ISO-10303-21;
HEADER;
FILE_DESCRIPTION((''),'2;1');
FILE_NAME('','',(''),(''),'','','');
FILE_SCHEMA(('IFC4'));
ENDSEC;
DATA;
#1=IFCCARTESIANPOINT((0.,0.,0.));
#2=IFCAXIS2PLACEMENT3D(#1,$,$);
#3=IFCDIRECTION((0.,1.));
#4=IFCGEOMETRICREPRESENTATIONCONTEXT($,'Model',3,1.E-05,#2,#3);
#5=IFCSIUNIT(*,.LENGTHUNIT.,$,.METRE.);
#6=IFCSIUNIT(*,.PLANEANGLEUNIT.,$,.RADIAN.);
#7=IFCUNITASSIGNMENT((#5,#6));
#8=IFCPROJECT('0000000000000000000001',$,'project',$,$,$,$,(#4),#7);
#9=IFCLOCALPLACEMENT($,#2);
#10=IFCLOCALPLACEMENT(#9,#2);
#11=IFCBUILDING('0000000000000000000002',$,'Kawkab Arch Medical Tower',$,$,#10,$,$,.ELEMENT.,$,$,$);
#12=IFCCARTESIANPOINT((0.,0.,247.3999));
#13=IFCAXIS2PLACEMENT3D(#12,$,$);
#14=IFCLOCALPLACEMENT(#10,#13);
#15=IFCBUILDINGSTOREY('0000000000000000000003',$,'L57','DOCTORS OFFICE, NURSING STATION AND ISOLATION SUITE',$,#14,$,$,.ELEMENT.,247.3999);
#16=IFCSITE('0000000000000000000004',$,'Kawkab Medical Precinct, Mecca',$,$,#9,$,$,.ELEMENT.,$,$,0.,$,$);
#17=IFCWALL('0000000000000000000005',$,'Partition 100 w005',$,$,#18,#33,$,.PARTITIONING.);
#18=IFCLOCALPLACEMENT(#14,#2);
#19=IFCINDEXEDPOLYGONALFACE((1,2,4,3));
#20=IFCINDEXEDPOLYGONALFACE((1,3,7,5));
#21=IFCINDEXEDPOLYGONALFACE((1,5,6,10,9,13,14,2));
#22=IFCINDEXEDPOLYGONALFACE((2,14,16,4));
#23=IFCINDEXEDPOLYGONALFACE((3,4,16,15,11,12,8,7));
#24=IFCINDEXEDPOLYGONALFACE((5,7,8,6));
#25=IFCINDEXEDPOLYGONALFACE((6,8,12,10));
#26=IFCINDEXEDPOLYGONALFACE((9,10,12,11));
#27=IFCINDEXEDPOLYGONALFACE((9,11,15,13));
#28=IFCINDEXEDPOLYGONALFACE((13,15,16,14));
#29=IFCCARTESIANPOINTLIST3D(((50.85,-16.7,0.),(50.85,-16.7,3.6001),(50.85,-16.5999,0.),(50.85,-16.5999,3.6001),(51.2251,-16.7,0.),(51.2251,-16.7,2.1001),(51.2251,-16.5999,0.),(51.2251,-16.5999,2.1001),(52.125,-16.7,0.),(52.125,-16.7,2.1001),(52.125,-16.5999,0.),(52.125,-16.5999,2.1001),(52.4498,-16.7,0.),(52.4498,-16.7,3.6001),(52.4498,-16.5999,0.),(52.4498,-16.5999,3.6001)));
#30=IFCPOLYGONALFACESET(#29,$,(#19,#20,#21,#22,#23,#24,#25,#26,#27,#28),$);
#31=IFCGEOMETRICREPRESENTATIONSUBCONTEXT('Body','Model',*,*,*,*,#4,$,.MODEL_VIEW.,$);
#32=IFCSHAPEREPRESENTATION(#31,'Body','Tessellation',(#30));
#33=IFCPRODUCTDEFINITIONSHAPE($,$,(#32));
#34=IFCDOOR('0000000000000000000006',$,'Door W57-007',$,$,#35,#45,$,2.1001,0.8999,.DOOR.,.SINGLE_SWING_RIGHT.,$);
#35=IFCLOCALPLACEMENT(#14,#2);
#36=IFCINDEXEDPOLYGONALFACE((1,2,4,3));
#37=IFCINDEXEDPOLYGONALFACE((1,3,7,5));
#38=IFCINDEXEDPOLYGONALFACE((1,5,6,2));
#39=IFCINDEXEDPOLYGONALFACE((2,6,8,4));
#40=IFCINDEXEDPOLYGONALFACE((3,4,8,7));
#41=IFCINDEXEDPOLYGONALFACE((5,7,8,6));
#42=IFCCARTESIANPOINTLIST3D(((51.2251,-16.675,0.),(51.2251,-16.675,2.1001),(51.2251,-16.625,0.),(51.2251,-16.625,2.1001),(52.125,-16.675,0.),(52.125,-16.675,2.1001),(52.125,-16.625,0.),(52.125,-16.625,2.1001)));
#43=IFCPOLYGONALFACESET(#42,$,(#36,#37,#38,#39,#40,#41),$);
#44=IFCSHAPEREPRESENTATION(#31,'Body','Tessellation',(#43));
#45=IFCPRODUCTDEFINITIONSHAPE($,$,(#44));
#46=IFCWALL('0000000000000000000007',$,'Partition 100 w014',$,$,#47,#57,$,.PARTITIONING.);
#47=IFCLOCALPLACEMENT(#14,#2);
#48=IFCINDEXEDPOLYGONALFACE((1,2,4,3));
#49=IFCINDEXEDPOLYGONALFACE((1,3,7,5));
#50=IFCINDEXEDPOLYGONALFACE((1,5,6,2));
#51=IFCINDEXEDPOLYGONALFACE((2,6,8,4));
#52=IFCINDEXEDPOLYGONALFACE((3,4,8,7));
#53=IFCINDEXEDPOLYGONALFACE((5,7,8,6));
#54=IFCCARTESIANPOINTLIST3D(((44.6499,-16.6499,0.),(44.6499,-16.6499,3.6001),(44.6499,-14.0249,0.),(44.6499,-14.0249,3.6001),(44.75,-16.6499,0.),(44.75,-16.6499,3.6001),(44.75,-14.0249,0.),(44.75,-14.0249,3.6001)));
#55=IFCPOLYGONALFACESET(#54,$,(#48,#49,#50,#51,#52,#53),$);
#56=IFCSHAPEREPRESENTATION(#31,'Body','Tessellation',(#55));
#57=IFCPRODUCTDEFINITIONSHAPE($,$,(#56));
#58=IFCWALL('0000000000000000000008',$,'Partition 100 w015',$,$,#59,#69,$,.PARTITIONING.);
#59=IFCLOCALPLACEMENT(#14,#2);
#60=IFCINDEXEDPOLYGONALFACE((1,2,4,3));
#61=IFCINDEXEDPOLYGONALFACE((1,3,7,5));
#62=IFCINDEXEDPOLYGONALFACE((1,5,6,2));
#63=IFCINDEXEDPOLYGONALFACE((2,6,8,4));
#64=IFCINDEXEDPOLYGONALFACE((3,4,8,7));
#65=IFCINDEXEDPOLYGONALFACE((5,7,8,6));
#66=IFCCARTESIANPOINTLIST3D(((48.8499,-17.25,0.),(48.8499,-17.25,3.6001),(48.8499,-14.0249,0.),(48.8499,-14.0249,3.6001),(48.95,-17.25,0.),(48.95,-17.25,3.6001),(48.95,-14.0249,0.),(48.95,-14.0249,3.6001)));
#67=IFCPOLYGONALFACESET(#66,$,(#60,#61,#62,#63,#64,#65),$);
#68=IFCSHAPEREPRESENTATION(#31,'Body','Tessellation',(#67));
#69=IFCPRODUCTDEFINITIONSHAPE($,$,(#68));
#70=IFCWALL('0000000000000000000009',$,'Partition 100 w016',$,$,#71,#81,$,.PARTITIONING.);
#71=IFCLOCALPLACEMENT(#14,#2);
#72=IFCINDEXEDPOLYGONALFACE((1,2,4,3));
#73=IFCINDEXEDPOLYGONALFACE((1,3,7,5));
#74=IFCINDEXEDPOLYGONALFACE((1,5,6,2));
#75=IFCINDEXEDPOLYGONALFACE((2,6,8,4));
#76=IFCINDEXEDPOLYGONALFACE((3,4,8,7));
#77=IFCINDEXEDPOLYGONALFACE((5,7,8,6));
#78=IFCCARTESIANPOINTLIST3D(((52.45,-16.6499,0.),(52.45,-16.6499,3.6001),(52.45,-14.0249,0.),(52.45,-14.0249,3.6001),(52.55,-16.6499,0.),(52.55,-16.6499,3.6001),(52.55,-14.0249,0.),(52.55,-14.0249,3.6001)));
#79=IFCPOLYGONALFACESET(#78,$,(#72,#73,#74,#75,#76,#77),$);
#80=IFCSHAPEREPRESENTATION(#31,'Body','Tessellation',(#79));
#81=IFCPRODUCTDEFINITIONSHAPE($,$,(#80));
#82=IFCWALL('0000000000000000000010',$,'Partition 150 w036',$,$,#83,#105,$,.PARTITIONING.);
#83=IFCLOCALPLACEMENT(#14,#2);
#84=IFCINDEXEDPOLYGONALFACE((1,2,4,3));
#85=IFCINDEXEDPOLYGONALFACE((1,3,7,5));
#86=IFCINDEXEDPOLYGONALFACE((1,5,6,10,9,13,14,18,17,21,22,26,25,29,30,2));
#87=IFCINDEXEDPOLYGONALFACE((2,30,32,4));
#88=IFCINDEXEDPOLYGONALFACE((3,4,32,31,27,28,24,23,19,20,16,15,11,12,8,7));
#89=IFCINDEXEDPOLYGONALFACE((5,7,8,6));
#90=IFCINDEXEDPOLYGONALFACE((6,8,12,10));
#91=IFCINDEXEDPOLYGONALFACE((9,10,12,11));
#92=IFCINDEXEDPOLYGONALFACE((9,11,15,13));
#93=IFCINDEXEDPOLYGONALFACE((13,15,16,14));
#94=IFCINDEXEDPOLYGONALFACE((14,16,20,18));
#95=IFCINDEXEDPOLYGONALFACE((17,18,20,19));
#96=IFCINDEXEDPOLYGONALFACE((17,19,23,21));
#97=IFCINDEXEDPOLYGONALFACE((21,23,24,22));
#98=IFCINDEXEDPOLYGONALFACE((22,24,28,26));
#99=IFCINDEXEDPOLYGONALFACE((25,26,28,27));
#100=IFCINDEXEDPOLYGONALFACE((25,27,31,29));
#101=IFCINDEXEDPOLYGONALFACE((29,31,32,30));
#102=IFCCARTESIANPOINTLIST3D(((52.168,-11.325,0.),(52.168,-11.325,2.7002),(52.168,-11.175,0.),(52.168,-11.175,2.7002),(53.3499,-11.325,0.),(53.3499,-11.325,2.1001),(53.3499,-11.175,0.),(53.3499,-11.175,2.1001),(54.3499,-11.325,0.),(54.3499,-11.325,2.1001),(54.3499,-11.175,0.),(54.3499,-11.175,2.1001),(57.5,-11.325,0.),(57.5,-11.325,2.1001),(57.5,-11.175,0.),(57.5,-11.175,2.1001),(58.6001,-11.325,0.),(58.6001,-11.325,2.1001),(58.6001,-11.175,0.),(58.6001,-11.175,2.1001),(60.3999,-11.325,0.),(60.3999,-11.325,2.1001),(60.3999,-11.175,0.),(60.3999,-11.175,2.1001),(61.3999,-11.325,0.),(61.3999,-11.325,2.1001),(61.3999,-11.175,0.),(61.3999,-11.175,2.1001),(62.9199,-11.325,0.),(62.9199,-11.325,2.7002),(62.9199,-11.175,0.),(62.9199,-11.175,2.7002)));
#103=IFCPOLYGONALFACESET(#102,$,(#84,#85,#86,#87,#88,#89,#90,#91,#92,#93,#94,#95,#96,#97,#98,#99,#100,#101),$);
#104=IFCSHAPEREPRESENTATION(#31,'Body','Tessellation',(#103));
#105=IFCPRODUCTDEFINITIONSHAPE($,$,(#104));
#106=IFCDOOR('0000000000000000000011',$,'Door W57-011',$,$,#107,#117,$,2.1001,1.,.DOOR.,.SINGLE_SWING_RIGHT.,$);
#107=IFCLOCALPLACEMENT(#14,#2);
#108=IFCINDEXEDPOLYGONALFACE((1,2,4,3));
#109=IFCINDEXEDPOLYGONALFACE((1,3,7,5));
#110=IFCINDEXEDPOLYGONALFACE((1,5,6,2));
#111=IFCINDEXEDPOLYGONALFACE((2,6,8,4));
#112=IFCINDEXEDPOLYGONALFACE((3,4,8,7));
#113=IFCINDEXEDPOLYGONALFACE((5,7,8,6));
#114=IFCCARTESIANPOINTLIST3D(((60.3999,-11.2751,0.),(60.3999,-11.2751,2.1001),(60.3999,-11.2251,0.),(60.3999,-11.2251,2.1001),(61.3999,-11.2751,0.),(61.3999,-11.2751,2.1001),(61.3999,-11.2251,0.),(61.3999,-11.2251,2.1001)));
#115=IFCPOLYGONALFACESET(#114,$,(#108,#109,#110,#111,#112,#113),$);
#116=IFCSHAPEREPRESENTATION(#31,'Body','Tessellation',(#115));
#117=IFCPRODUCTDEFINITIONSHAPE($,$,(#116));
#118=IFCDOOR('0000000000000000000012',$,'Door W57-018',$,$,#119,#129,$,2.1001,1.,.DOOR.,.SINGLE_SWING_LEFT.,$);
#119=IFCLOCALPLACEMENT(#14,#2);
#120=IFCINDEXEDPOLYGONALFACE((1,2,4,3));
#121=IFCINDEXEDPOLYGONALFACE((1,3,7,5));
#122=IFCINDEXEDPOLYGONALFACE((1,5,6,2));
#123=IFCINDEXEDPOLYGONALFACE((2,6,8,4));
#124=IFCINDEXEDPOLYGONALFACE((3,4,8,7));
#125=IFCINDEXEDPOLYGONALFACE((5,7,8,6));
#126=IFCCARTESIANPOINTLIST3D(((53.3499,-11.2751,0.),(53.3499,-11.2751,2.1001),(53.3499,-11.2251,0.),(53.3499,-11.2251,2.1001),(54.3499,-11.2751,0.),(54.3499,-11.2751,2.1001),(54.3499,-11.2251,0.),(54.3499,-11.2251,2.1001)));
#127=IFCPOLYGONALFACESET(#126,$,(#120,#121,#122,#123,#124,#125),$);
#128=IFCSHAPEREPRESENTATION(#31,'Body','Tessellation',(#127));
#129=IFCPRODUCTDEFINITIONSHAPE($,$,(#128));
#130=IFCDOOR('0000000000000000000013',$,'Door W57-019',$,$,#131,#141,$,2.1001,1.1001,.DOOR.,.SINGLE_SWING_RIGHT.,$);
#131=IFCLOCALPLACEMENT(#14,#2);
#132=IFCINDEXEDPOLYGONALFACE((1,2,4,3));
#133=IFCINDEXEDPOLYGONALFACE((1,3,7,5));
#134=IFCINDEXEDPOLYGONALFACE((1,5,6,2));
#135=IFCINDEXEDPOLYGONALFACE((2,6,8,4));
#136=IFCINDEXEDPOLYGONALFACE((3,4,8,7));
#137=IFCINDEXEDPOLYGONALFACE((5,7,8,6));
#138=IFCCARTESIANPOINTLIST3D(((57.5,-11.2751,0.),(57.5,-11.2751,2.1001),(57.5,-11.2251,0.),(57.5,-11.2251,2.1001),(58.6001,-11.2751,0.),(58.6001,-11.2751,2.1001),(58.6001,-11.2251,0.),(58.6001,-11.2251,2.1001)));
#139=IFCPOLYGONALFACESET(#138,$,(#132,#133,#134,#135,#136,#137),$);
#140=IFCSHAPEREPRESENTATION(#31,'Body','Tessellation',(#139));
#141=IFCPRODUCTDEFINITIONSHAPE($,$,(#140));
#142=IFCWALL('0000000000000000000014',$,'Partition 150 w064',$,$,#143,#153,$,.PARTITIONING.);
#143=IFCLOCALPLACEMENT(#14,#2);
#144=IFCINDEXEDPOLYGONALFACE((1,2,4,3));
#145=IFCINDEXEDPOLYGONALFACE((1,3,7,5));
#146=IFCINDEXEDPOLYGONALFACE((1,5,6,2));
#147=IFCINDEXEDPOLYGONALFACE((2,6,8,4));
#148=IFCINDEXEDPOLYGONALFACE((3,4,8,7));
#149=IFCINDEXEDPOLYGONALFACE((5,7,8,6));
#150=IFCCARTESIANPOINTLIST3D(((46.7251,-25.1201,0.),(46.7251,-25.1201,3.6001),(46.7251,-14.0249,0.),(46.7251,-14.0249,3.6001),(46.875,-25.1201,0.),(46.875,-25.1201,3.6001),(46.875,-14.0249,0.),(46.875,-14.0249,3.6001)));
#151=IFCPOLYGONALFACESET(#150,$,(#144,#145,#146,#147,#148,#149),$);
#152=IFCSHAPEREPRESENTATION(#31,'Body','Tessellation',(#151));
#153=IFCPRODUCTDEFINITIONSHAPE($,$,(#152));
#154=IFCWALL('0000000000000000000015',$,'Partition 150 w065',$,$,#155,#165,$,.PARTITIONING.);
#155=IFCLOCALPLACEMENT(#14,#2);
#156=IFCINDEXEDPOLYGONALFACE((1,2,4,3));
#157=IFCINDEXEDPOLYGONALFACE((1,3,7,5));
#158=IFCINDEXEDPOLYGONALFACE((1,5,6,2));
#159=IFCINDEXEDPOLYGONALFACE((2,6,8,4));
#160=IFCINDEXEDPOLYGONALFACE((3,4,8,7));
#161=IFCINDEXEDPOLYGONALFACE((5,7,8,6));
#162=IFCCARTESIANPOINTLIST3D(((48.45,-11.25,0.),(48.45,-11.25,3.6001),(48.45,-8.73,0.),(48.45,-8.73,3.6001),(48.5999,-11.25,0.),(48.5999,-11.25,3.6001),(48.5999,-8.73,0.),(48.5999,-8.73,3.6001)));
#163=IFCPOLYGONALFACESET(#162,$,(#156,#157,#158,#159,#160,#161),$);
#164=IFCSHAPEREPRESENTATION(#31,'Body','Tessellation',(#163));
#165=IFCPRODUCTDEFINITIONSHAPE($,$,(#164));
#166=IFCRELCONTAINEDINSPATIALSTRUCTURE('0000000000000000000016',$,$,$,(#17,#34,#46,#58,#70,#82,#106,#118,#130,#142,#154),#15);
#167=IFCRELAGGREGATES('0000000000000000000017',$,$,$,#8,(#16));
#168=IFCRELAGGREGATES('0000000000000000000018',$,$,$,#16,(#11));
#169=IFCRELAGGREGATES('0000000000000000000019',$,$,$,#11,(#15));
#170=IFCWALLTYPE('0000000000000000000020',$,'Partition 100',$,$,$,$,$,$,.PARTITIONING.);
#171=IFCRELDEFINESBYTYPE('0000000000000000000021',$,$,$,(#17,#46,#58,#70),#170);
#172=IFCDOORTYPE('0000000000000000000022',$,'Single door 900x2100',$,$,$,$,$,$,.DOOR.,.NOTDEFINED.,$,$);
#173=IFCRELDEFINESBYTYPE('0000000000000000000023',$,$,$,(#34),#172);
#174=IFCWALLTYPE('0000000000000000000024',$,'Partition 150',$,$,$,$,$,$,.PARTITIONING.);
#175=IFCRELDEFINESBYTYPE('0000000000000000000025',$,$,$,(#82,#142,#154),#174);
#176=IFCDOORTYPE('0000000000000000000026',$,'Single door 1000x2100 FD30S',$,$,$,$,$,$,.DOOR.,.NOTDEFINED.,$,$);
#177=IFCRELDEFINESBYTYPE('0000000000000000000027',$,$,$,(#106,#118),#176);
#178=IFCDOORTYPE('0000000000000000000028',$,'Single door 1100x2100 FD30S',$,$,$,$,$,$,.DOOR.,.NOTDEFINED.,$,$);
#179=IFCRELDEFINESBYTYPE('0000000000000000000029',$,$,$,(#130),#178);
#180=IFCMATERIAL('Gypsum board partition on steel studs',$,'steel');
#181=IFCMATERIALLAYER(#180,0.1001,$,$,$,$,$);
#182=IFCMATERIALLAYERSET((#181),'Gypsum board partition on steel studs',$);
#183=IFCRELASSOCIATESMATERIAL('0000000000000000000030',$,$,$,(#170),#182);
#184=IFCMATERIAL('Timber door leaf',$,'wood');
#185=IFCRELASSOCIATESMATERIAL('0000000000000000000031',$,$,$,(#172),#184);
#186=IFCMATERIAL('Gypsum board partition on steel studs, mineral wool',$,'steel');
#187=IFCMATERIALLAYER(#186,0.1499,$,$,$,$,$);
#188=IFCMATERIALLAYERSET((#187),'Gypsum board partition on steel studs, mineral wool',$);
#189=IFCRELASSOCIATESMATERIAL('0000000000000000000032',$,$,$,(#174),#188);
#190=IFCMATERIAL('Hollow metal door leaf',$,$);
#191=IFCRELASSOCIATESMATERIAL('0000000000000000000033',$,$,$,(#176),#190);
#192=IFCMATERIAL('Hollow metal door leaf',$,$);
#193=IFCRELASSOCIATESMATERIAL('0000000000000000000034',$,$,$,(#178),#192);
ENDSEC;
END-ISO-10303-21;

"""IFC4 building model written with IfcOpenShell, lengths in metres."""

from ifc_helpers import new_model, si_unit, direction, frame, frame_2d, origin, place, context, subcontext, project, spatial, rectangle, extrude, material, layer, layer_set, type_object, element, fill, save


model = new_model("IFC4")

# Units and contexts
model_context = context("Model", 3, precision=1e-05, world=origin(), true_north=direction((0.0, 1.0)))
body_context = subcontext(model_context, "Body", "Model", "MODEL_VIEW")
ifc_project = project(units=[si_unit("LENGTHUNIT", "METRE"), si_unit("PLANEANGLEUNIT", "RADIAN")], contexts=[model_context])

# Site, building, storey
site_placement = place(None, origin())
site = spatial("IfcSite", under=ifc_project, at=site_placement, Name="Kawkab Medical Precinct, Mecca", CompositionType="ELEMENT", RefElevation=0.0)
building_placement = place(site_placement, origin())
building = spatial("IfcBuilding", under=site, at=building_placement, Name="Kawkab Arch Medical Tower", CompositionType="ELEMENT")
storey_placement = place(building_placement, frame((0.0, 0.0, 247.3999)))
storey = spatial("IfcBuildingStorey", under=building, at=storey_placement, Name="L57", Description="DOCTORS OFFICE, NURSING STATION AND ISOLATION SUITE", CompositionType="ELEMENT", Elevation=247.3999)

# Wall, opening, door
ifc_material_1 = material(Name="Gypsum board partition on steel studs", Category="steel")
ifc_layer_1 = layer(ifc_material_1, 0.1001)
ifc_layer_set_1 = layer_set([ifc_layer_1], Name="Gypsum board partition on steel studs")
wall_type_1 = type_object("IfcWallType", Name="Partition 100", PredefinedType="PARTITIONING", material=ifc_layer_set_1)
ifc_material_2 = material(Name="Timber door leaf", Category="wood")
door_type_1 = type_object("IfcDoorType", Name="Single door 900x2100", OperationType="NOTDEFINED", PredefinedType="DOOR", material=ifc_material_2)
wall_1_placement = place(storey_placement, frame((50.8501, -16.6499, 0.0), z_axis=(0.0, 0.0, 1.0), x_axis=(1.0, 0.0, 0.0)))
wall_1 = element("IfcWall", 1, at=wall_1_placement, inside=storey, type_object=wall_type_1, Name="Partition 100 w005", PredefinedType="PARTITIONING", context=body_context, shape_type="SweptSolid", body=[
    extrude(rectangle(XDim=1.5999, YDim=0.1001, at=frame_2d((0.7998, 0.0))), origin(), (0.0, 0.0, 1.0), 3.6001),
])
opening_1_placement = place(wall_1_placement, frame((0.375, 0.0, 0.0)))
opening_1 = element("IfcOpeningElement", 2, at=opening_1_placement, cuts=wall_1, PredefinedType="OPENING", context=body_context, shape_type="SweptSolid", body=[
    extrude(rectangle(XDim=0.8999, YDim=2.1001, at=frame_2d((0.45, 1.05))), frame((0.0, 0.0601, 0.0), z_axis=(0.0, -1.0, 0.0), x_axis=(1.0, 0.0, 0.0)), (0.0, 0.0, 1.0), 0.1201),
])
door_1_placement = place(opening_1_placement, origin())
door_1 = element("IfcDoor", 3, at=door_1_placement, inside=storey, type_object=door_type_1, Name="Door W57-007", OperationType="SINGLE_SWING_RIGHT", OverallHeight=2.1001, OverallWidth=0.8999, PredefinedType="DOOR", context=body_context, shape_type="SweptSolid", body=[
    extrude(rectangle(XDim=0.8999, YDim=2.1001, at=frame_2d((0.45, 1.05))), frame((0.0, 0.0249, 0.0), z_axis=(0.0, -1.0, 0.0), x_axis=(1.0, 0.0, 0.0)), (0.0, 0.0, 1.0), 0.05),
])
fill(opening_1, door_1)

# Walls
wall_2_placement = place(storey_placement, frame((44.7, -16.6499, 0.0), z_axis=(0.0, 0.0, 1.0), x_axis=(0.0, 1.0, 0.0)))
element("IfcWall", 4, at=wall_2_placement, inside=storey, type_object=wall_type_1, Name="Partition 100 w014", PredefinedType="PARTITIONING", context=body_context, shape_type="SweptSolid", body=[
    extrude(rectangle(XDim=2.625, YDim=0.1001, at=frame_2d((1.3125, 0.0))), origin(), (0.0, 0.0, 1.0), 3.6001),
])
wall_3_placement = place(storey_placement, frame((48.8999, -17.25, 0.0), z_axis=(0.0, 0.0, 1.0), x_axis=(0.0, 1.0, 0.0)))
element("IfcWall", 5, at=wall_3_placement, inside=storey, type_object=wall_type_1, Name="Partition 100 w015", PredefinedType="PARTITIONING", context=body_context, shape_type="SweptSolid", body=[
    extrude(rectangle(XDim=3.2251, YDim=0.1001, at=frame_2d((1.6125, 0.0))), origin(), (0.0, 0.0, 1.0), 3.6001),
])
wall_4_placement = place(storey_placement, frame((52.5, -16.6499, 0.0), z_axis=(0.0, 0.0, 1.0), x_axis=(0.0, 1.0, 0.0)))
element("IfcWall", 6, at=wall_4_placement, inside=storey, type_object=wall_type_1, Name="Partition 100 w016", PredefinedType="PARTITIONING", context=body_context, shape_type="SweptSolid", body=[
    extrude(rectangle(XDim=2.625, YDim=0.1001, at=frame_2d((1.3125, 0.0))), origin(), (0.0, 0.0, 1.0), 3.6001),
])

# Wall, openings, doors
ifc_material_3 = material(Name="Gypsum board partition on steel studs, mineral wool", Category="steel")
ifc_layer_2 = layer(ifc_material_3, 0.1499)
ifc_layer_set_2 = layer_set([ifc_layer_2], Name="Gypsum board partition on steel studs, mineral wool")
wall_type_2 = type_object("IfcWallType", Name="Partition 150", PredefinedType="PARTITIONING", material=ifc_layer_set_2)
wall_5_placement = place(storey_placement, frame((52.168, -11.25, 0.0), z_axis=(0.0, 0.0, 1.0), x_axis=(1.0, 0.0, 0.0)))
wall_5 = element("IfcWall", 7, at=wall_5_placement, inside=storey, type_object=wall_type_2, Name="Partition 150 w036", PredefinedType="PARTITIONING", context=body_context, shape_type="SweptSolid", body=[
    extrude(rectangle(XDim=10.752, YDim=0.1499, at=frame_2d((5.376, 0.0))), origin(), (0.0, 0.0, 1.0), 2.7002),
])
opening_2_placement = place(wall_5_placement, frame((5.332, 0.0, 0.0)))
opening_2 = element("IfcOpeningElement", 8, at=opening_2_placement, cuts=wall_5, PredefinedType="OPENING", context=body_context, shape_type="SweptSolid", body=[
    extrude(rectangle(XDim=1.1001, YDim=2.1001, at=frame_2d((0.55, 1.05))), frame((0.0, 0.085, 0.0), z_axis=(0.0, -1.0, 0.0), x_axis=(1.0, 0.0, 0.0)), (0.0, 0.0, 1.0), 0.1699),
])
opening_3_placement = place(wall_5_placement, frame((8.2319, 0.0, 0.0)))
opening_3 = element("IfcOpeningElement", 9, at=opening_3_placement, cuts=wall_5, PredefinedType="OPENING", context=body_context, shape_type="SweptSolid", body=[
    extrude(rectangle(XDim=1.0, YDim=2.1001, at=frame_2d((0.5, 1.05))), frame((0.0, 0.085, 0.0), z_axis=(0.0, -1.0, 0.0), x_axis=(1.0, 0.0, 0.0)), (0.0, 0.0, 1.0), 0.1699),
])
opening_4_placement = place(wall_5_placement, frame((1.1819, 0.0, 0.0)))
opening_4 = element("IfcOpeningElement", 10, at=opening_4_placement, cuts=wall_5, PredefinedType="OPENING", context=body_context, shape_type="SweptSolid", body=[
    extrude(rectangle(XDim=1.0, YDim=2.1001, at=frame_2d((0.5, 1.05))), frame((0.0, 0.085, 0.0), z_axis=(0.0, -1.0, 0.0), x_axis=(1.0, 0.0, 0.0)), (0.0, 0.0, 1.0), 0.1699),
])
ifc_material_4 = material(Name="Hollow metal door leaf")
door_type_2 = type_object("IfcDoorType", Name="Single door 1000x2100 FD30S", OperationType="NOTDEFINED", PredefinedType="DOOR", material=ifc_material_4)
door_2_placement = place(opening_3_placement, origin())
door_2 = element("IfcDoor", 11, at=door_2_placement, inside=storey, type_object=door_type_2, Name="Door W57-011", OperationType="SINGLE_SWING_RIGHT", OverallHeight=2.1001, OverallWidth=1.0, PredefinedType="DOOR", context=body_context, shape_type="SweptSolid", body=[
    extrude(rectangle(XDim=1.0, YDim=2.1001, at=frame_2d((0.5, 1.05))), frame((0.0, 0.0249, 0.0), z_axis=(0.0, -1.0, 0.0), x_axis=(1.0, 0.0, 0.0)), (0.0, 0.0, 1.0), 0.05),
])
fill(opening_3, door_2)
door_3_placement = place(opening_4_placement, origin())
door_3 = element("IfcDoor", 12, at=door_3_placement, inside=storey, type_object=door_type_2, Name="Door W57-018", OperationType="SINGLE_SWING_LEFT", OverallHeight=2.1001, OverallWidth=1.0, PredefinedType="DOOR", context=body_context, shape_type="SweptSolid", body=[
    extrude(rectangle(XDim=1.0, YDim=2.1001, at=frame_2d((0.5, 1.05))), frame((0.0, 0.0249, 0.0), z_axis=(0.0, -1.0, 0.0), x_axis=(1.0, 0.0, 0.0)), (0.0, 0.0, 1.0), 0.05),
])
fill(opening_4, door_3)
ifc_material_5 = material(Name="Hollow metal door leaf")
door_type_3 = type_object("IfcDoorType", Name="Single door 1100x2100 FD30S", OperationType="NOTDEFINED", PredefinedType="DOOR", material=ifc_material_5)
door_4_placement = place(opening_2_placement, origin())
door_4 = element("IfcDoor", 13, at=door_4_placement, inside=storey, type_object=door_type_3, Name="Door W57-019", OperationType="SINGLE_SWING_RIGHT", OverallHeight=2.1001, OverallWidth=1.1001, PredefinedType="DOOR", context=body_context, shape_type="SweptSolid", body=[
    extrude(rectangle(XDim=1.1001, YDim=2.1001, at=frame_2d((0.55, 1.05))), frame((0.0, 0.0249, 0.0), z_axis=(0.0, -1.0, 0.0), x_axis=(1.0, 0.0, 0.0)), (0.0, 0.0, 1.0), 0.05),
])
fill(opening_2, door_4)

# Walls
wall_6_placement = place(storey_placement, frame((46.8, -25.1201, 0.0), z_axis=(0.0, 0.0, 1.0), x_axis=(0.0, 1.0, 0.0)))
element("IfcWall", 14, at=wall_6_placement, inside=storey, type_object=wall_type_2, Name="Partition 150 w064", PredefinedType="PARTITIONING", context=body_context, shape_type="SweptSolid", body=[
    extrude(rectangle(XDim=11.0952, YDim=0.1499, at=frame_2d((5.5476, 0.0))), origin(), (0.0, 0.0, 1.0), 3.6001),
])
wall_7_placement = place(storey_placement, frame((48.5249, -11.25, 0.0), z_axis=(0.0, 0.0, 1.0), x_axis=(0.0, 1.0, 0.0)))
element("IfcWall", 15, at=wall_7_placement, inside=storey, type_object=wall_type_2, Name="Partition 150 w065", PredefinedType="PARTITIONING", context=body_context, shape_type="SweptSolid", body=[
    extrude(rectangle(XDim=2.52, YDim=0.1499, at=frame_2d((1.26, 0.0))), origin(), (0.0, 0.0, 1.0), 3.6001),
])

save(model, "model.ifc")
